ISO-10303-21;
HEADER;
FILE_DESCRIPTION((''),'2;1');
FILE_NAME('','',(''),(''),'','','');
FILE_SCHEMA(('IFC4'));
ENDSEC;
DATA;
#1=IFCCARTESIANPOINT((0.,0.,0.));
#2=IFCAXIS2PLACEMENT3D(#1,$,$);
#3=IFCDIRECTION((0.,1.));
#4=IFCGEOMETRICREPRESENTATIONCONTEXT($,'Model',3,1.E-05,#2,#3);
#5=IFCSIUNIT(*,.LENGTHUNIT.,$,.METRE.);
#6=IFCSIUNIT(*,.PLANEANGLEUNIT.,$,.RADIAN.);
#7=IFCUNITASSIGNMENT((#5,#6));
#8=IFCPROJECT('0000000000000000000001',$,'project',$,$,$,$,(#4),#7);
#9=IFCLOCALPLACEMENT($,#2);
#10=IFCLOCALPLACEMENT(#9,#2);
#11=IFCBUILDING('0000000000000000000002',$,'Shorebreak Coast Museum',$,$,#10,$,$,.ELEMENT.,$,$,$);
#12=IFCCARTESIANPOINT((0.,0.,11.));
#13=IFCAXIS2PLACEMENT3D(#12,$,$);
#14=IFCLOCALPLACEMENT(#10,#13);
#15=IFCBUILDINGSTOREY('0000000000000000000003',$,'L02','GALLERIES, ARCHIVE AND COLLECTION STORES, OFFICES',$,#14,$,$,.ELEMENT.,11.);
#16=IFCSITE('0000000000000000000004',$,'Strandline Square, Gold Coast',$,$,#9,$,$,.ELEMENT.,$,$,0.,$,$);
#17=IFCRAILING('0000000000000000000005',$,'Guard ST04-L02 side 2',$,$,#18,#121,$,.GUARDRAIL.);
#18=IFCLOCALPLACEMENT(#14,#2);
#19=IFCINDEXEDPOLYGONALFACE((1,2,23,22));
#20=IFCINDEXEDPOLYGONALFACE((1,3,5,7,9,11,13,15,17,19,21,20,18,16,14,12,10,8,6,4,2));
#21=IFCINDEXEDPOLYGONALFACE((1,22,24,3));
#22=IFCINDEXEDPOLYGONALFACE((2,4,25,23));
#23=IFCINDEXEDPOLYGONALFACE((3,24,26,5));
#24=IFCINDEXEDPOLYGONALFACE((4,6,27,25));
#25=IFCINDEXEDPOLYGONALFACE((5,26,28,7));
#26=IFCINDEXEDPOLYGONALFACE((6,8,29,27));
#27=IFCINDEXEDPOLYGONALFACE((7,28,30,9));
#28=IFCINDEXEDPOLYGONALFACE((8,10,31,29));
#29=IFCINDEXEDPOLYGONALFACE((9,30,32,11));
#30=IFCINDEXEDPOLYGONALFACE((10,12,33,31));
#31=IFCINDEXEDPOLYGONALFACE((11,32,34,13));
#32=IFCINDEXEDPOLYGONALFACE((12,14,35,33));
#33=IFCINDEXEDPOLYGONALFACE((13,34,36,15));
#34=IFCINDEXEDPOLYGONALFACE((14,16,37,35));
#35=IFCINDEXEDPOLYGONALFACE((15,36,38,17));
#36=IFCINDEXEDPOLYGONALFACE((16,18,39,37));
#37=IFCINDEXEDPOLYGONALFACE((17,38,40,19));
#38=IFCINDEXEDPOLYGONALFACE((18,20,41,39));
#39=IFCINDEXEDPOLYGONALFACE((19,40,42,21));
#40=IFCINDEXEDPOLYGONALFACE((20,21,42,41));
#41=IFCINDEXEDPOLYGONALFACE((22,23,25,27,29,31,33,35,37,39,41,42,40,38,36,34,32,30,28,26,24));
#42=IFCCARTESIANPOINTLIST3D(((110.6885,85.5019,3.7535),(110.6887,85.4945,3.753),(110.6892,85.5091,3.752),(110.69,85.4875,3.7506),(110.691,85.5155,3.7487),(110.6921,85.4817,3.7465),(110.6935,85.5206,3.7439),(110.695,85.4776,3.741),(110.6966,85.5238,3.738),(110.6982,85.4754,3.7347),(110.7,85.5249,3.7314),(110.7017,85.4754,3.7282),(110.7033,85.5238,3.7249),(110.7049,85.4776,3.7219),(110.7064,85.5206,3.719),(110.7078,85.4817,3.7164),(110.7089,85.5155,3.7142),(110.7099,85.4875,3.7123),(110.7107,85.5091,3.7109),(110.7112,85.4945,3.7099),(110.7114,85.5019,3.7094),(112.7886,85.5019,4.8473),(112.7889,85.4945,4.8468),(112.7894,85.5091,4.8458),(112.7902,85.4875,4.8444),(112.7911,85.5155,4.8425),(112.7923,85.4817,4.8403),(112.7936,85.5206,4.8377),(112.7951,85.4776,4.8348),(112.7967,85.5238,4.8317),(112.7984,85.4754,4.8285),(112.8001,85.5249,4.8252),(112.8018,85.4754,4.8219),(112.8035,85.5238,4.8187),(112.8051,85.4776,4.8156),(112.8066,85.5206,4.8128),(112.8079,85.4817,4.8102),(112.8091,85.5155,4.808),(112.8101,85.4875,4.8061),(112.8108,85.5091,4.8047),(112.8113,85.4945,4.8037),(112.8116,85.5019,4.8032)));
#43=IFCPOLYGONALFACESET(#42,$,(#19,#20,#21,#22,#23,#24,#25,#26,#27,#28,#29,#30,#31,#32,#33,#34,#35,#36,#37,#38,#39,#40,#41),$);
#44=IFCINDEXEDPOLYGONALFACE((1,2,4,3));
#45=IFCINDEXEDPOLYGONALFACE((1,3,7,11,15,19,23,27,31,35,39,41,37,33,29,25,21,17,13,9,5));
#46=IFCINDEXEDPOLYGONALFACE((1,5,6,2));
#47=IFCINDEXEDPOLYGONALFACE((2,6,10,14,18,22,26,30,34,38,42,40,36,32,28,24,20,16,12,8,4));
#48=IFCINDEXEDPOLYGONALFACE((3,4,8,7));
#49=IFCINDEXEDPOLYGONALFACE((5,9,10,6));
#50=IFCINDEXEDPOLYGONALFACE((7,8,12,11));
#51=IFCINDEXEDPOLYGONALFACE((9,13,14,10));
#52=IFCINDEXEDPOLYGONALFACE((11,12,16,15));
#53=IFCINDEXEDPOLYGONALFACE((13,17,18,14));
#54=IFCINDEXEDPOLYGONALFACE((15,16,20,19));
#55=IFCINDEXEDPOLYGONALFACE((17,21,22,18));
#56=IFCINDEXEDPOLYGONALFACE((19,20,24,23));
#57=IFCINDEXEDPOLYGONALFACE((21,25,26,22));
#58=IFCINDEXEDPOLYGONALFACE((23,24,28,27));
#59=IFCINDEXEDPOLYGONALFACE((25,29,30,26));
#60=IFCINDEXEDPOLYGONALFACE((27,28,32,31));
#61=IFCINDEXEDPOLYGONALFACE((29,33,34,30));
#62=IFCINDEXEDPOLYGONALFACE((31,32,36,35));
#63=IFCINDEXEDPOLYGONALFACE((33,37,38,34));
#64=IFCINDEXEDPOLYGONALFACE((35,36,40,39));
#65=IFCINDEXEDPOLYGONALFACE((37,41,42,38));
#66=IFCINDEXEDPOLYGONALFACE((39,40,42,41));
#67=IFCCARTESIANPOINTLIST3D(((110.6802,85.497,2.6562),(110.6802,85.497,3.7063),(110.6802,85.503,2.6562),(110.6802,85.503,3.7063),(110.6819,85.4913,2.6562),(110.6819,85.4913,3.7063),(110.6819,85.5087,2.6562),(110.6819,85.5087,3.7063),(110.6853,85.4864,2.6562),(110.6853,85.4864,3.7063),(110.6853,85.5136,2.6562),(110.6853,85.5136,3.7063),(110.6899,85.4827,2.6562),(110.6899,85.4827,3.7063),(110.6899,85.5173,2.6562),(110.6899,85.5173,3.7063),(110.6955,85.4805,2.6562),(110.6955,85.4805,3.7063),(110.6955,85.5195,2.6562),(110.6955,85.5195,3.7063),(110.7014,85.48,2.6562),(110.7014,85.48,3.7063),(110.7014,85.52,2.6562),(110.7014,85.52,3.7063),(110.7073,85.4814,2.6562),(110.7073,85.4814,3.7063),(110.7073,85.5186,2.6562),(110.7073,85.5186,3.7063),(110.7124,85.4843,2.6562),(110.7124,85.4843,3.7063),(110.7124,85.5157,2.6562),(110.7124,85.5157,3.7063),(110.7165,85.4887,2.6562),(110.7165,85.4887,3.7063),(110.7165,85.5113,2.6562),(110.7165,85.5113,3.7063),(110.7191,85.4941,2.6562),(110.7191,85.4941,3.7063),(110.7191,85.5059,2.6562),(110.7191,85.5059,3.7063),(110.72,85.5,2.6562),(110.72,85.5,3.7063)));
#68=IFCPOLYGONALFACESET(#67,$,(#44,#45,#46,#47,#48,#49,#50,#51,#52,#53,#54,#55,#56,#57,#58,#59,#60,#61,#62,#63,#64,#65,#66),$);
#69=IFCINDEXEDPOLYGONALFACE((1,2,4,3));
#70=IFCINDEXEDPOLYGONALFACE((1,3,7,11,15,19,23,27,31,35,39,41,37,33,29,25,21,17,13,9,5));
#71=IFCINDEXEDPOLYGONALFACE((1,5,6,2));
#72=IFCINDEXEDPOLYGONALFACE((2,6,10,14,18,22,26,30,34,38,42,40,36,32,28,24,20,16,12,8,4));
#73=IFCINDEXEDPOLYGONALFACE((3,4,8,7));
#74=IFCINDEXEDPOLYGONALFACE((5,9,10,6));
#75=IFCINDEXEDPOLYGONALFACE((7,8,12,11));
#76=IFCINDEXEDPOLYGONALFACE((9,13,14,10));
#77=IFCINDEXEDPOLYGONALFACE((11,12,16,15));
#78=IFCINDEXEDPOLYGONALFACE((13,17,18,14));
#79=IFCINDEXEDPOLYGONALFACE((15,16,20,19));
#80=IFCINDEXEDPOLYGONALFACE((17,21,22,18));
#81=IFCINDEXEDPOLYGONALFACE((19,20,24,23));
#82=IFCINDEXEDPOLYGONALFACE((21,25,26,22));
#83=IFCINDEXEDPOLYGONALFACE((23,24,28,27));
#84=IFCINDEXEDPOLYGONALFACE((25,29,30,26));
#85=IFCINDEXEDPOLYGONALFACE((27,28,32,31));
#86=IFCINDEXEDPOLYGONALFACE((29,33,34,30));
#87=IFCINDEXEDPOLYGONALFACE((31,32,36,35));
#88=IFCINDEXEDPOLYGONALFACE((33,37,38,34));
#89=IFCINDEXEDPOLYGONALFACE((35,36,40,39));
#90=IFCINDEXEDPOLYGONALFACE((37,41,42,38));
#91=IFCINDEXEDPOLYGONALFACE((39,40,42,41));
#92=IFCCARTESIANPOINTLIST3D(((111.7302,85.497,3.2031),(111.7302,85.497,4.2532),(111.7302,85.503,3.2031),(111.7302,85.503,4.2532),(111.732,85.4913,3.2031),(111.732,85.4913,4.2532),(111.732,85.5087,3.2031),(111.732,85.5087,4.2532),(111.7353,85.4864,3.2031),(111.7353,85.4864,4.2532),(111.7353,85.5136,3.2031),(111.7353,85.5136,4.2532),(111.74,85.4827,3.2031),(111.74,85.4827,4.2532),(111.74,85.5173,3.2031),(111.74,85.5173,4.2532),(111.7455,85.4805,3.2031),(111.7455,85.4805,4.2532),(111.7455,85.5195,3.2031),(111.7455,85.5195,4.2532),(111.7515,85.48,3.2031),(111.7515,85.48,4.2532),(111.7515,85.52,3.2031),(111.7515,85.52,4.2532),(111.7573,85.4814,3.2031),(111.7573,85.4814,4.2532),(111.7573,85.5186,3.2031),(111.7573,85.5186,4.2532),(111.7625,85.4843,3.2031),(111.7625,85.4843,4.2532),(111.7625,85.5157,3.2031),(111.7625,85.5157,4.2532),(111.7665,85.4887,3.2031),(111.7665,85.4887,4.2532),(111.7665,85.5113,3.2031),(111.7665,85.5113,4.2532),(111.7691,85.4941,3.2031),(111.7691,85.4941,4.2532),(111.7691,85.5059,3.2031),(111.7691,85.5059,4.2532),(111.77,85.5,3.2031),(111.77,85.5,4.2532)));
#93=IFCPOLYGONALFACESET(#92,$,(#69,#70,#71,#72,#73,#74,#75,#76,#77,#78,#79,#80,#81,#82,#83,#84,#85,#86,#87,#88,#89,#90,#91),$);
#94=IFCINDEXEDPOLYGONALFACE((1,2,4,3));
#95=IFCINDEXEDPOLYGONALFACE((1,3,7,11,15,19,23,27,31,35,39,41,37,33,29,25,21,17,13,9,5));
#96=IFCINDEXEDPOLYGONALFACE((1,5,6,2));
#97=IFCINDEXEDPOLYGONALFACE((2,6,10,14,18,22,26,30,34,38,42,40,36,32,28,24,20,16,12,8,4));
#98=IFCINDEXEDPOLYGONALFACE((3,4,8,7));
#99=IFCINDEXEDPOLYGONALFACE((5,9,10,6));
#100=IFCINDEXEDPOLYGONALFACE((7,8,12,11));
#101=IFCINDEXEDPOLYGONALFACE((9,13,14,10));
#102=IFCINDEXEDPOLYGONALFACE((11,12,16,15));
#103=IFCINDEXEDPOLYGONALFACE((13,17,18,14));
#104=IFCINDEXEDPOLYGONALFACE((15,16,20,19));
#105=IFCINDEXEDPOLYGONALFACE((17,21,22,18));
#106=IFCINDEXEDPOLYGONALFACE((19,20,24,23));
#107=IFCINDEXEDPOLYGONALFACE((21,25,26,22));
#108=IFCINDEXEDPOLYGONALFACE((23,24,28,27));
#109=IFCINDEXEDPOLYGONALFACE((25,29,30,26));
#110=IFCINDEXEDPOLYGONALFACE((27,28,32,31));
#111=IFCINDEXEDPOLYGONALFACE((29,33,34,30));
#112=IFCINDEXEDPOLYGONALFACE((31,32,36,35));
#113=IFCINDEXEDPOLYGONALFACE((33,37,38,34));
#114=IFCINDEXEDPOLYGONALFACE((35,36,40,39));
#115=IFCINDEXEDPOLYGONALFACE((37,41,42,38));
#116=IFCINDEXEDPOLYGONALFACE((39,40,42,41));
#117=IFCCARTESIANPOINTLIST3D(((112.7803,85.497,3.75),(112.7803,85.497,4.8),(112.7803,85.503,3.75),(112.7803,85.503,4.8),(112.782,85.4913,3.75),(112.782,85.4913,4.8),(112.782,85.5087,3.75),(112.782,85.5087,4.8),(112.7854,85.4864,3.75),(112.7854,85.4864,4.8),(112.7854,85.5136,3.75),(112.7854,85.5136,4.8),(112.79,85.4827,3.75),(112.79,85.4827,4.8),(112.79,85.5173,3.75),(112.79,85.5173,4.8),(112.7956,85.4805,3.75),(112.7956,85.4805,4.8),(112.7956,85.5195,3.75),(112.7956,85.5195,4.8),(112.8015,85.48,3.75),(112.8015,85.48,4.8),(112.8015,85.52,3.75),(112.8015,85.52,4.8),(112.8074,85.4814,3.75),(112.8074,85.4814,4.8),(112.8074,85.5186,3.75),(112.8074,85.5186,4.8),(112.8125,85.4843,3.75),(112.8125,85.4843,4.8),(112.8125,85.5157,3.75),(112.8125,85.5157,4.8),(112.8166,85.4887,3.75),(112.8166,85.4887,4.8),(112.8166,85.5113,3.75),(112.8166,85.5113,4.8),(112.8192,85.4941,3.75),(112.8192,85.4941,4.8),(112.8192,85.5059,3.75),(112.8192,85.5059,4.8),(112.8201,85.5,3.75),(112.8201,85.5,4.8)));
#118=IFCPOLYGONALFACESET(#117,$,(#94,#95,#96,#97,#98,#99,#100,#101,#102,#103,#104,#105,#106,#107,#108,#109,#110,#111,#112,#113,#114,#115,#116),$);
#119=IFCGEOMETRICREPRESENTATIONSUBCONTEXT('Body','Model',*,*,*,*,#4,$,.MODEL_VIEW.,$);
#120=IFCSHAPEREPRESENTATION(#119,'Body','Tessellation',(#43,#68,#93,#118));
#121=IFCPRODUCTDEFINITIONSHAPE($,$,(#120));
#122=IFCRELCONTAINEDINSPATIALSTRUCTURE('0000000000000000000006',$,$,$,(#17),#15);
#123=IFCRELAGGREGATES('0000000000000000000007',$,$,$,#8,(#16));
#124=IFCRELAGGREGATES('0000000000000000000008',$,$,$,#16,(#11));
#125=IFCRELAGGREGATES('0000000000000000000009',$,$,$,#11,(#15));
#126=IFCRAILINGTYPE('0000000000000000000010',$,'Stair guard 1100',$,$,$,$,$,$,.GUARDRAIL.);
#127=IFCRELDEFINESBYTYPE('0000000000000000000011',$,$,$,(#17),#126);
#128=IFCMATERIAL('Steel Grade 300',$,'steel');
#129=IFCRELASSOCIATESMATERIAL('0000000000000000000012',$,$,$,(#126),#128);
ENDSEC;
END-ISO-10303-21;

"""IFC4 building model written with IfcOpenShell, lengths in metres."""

from ifc_helpers import new_model, si_unit, direction, frame, origin, origin_2d, place, context, subcontext, project, spatial, circle, extrude, material, type_object, element, save


model = new_model("IFC4")

# Units and contexts
model_context = context("Model", 3, precision=1e-05, world=origin(), true_north=direction((0.0, 1.0)))
body_context = subcontext(model_context, "Body", "Model", "MODEL_VIEW")
ifc_project = project(units=[si_unit("LENGTHUNIT", "METRE"), si_unit("PLANEANGLEUNIT", "RADIAN")], contexts=[model_context])

# Site, building, storey
site_placement = place(None, origin())
site = spatial("IfcSite", under=ifc_project, at=site_placement, Name="Strandline Square, Gold Coast", CompositionType="ELEMENT", RefElevation=0.0)
building_placement = place(site_placement, origin())
building = spatial("IfcBuilding", under=site, at=building_placement, Name="Shorebreak Coast Museum", CompositionType="ELEMENT")
storey_placement = place(building_placement, frame((0.0, 0.0, 11.0)))
storey = spatial("IfcBuildingStorey", under=building, at=storey_placement, Name="L02", Description="GALLERIES, ARCHIVE AND COLLECTION STORES, OFFICES", CompositionType="ELEMENT", Elevation=11.0)

# Railing
ifc_material_1 = material(Name="Steel Grade 300", Category="steel")
railing_type_1 = type_object("IfcRailingType", Name="Stair guard 1100", PredefinedType="GUARDRAIL", material=ifc_material_1)
railing_1_placement = place(storey_placement, frame((110.7, 85.5, 2.6562)))
element("IfcRailing", 1, at=railing_1_placement, inside=storey, type_object=railing_type_1, Name="Guard ST04-L02 side 2", PredefinedType="GUARDRAIL", context=body_context, shape_type="SweptSolid", body=[
    extrude(circle(Radius=0.0249, at=origin_2d()), frame((0.0, 0.0, 1.0752), z_axis=(0.886923, 0.0, 0.461918), x_axis=(0.0, 1.0, 0.0)), (0.0, 0.0, 1.0), 2.3679),
    extrude(circle(Radius=0.02, at=origin_2d()), origin(), (0.0, 0.0, 1.0), 1.05),
    extrude(circle(Radius=0.02, at=origin_2d()), frame((1.05, 0.0, 0.5469)), (0.0, 0.0, 1.0), 1.05),
    extrude(circle(Radius=0.02, at=origin_2d()), frame((2.1001, 0.0, 1.0938)), (0.0, 0.0, 1.0), 1.05),
])

save(model, "model.ifc")
